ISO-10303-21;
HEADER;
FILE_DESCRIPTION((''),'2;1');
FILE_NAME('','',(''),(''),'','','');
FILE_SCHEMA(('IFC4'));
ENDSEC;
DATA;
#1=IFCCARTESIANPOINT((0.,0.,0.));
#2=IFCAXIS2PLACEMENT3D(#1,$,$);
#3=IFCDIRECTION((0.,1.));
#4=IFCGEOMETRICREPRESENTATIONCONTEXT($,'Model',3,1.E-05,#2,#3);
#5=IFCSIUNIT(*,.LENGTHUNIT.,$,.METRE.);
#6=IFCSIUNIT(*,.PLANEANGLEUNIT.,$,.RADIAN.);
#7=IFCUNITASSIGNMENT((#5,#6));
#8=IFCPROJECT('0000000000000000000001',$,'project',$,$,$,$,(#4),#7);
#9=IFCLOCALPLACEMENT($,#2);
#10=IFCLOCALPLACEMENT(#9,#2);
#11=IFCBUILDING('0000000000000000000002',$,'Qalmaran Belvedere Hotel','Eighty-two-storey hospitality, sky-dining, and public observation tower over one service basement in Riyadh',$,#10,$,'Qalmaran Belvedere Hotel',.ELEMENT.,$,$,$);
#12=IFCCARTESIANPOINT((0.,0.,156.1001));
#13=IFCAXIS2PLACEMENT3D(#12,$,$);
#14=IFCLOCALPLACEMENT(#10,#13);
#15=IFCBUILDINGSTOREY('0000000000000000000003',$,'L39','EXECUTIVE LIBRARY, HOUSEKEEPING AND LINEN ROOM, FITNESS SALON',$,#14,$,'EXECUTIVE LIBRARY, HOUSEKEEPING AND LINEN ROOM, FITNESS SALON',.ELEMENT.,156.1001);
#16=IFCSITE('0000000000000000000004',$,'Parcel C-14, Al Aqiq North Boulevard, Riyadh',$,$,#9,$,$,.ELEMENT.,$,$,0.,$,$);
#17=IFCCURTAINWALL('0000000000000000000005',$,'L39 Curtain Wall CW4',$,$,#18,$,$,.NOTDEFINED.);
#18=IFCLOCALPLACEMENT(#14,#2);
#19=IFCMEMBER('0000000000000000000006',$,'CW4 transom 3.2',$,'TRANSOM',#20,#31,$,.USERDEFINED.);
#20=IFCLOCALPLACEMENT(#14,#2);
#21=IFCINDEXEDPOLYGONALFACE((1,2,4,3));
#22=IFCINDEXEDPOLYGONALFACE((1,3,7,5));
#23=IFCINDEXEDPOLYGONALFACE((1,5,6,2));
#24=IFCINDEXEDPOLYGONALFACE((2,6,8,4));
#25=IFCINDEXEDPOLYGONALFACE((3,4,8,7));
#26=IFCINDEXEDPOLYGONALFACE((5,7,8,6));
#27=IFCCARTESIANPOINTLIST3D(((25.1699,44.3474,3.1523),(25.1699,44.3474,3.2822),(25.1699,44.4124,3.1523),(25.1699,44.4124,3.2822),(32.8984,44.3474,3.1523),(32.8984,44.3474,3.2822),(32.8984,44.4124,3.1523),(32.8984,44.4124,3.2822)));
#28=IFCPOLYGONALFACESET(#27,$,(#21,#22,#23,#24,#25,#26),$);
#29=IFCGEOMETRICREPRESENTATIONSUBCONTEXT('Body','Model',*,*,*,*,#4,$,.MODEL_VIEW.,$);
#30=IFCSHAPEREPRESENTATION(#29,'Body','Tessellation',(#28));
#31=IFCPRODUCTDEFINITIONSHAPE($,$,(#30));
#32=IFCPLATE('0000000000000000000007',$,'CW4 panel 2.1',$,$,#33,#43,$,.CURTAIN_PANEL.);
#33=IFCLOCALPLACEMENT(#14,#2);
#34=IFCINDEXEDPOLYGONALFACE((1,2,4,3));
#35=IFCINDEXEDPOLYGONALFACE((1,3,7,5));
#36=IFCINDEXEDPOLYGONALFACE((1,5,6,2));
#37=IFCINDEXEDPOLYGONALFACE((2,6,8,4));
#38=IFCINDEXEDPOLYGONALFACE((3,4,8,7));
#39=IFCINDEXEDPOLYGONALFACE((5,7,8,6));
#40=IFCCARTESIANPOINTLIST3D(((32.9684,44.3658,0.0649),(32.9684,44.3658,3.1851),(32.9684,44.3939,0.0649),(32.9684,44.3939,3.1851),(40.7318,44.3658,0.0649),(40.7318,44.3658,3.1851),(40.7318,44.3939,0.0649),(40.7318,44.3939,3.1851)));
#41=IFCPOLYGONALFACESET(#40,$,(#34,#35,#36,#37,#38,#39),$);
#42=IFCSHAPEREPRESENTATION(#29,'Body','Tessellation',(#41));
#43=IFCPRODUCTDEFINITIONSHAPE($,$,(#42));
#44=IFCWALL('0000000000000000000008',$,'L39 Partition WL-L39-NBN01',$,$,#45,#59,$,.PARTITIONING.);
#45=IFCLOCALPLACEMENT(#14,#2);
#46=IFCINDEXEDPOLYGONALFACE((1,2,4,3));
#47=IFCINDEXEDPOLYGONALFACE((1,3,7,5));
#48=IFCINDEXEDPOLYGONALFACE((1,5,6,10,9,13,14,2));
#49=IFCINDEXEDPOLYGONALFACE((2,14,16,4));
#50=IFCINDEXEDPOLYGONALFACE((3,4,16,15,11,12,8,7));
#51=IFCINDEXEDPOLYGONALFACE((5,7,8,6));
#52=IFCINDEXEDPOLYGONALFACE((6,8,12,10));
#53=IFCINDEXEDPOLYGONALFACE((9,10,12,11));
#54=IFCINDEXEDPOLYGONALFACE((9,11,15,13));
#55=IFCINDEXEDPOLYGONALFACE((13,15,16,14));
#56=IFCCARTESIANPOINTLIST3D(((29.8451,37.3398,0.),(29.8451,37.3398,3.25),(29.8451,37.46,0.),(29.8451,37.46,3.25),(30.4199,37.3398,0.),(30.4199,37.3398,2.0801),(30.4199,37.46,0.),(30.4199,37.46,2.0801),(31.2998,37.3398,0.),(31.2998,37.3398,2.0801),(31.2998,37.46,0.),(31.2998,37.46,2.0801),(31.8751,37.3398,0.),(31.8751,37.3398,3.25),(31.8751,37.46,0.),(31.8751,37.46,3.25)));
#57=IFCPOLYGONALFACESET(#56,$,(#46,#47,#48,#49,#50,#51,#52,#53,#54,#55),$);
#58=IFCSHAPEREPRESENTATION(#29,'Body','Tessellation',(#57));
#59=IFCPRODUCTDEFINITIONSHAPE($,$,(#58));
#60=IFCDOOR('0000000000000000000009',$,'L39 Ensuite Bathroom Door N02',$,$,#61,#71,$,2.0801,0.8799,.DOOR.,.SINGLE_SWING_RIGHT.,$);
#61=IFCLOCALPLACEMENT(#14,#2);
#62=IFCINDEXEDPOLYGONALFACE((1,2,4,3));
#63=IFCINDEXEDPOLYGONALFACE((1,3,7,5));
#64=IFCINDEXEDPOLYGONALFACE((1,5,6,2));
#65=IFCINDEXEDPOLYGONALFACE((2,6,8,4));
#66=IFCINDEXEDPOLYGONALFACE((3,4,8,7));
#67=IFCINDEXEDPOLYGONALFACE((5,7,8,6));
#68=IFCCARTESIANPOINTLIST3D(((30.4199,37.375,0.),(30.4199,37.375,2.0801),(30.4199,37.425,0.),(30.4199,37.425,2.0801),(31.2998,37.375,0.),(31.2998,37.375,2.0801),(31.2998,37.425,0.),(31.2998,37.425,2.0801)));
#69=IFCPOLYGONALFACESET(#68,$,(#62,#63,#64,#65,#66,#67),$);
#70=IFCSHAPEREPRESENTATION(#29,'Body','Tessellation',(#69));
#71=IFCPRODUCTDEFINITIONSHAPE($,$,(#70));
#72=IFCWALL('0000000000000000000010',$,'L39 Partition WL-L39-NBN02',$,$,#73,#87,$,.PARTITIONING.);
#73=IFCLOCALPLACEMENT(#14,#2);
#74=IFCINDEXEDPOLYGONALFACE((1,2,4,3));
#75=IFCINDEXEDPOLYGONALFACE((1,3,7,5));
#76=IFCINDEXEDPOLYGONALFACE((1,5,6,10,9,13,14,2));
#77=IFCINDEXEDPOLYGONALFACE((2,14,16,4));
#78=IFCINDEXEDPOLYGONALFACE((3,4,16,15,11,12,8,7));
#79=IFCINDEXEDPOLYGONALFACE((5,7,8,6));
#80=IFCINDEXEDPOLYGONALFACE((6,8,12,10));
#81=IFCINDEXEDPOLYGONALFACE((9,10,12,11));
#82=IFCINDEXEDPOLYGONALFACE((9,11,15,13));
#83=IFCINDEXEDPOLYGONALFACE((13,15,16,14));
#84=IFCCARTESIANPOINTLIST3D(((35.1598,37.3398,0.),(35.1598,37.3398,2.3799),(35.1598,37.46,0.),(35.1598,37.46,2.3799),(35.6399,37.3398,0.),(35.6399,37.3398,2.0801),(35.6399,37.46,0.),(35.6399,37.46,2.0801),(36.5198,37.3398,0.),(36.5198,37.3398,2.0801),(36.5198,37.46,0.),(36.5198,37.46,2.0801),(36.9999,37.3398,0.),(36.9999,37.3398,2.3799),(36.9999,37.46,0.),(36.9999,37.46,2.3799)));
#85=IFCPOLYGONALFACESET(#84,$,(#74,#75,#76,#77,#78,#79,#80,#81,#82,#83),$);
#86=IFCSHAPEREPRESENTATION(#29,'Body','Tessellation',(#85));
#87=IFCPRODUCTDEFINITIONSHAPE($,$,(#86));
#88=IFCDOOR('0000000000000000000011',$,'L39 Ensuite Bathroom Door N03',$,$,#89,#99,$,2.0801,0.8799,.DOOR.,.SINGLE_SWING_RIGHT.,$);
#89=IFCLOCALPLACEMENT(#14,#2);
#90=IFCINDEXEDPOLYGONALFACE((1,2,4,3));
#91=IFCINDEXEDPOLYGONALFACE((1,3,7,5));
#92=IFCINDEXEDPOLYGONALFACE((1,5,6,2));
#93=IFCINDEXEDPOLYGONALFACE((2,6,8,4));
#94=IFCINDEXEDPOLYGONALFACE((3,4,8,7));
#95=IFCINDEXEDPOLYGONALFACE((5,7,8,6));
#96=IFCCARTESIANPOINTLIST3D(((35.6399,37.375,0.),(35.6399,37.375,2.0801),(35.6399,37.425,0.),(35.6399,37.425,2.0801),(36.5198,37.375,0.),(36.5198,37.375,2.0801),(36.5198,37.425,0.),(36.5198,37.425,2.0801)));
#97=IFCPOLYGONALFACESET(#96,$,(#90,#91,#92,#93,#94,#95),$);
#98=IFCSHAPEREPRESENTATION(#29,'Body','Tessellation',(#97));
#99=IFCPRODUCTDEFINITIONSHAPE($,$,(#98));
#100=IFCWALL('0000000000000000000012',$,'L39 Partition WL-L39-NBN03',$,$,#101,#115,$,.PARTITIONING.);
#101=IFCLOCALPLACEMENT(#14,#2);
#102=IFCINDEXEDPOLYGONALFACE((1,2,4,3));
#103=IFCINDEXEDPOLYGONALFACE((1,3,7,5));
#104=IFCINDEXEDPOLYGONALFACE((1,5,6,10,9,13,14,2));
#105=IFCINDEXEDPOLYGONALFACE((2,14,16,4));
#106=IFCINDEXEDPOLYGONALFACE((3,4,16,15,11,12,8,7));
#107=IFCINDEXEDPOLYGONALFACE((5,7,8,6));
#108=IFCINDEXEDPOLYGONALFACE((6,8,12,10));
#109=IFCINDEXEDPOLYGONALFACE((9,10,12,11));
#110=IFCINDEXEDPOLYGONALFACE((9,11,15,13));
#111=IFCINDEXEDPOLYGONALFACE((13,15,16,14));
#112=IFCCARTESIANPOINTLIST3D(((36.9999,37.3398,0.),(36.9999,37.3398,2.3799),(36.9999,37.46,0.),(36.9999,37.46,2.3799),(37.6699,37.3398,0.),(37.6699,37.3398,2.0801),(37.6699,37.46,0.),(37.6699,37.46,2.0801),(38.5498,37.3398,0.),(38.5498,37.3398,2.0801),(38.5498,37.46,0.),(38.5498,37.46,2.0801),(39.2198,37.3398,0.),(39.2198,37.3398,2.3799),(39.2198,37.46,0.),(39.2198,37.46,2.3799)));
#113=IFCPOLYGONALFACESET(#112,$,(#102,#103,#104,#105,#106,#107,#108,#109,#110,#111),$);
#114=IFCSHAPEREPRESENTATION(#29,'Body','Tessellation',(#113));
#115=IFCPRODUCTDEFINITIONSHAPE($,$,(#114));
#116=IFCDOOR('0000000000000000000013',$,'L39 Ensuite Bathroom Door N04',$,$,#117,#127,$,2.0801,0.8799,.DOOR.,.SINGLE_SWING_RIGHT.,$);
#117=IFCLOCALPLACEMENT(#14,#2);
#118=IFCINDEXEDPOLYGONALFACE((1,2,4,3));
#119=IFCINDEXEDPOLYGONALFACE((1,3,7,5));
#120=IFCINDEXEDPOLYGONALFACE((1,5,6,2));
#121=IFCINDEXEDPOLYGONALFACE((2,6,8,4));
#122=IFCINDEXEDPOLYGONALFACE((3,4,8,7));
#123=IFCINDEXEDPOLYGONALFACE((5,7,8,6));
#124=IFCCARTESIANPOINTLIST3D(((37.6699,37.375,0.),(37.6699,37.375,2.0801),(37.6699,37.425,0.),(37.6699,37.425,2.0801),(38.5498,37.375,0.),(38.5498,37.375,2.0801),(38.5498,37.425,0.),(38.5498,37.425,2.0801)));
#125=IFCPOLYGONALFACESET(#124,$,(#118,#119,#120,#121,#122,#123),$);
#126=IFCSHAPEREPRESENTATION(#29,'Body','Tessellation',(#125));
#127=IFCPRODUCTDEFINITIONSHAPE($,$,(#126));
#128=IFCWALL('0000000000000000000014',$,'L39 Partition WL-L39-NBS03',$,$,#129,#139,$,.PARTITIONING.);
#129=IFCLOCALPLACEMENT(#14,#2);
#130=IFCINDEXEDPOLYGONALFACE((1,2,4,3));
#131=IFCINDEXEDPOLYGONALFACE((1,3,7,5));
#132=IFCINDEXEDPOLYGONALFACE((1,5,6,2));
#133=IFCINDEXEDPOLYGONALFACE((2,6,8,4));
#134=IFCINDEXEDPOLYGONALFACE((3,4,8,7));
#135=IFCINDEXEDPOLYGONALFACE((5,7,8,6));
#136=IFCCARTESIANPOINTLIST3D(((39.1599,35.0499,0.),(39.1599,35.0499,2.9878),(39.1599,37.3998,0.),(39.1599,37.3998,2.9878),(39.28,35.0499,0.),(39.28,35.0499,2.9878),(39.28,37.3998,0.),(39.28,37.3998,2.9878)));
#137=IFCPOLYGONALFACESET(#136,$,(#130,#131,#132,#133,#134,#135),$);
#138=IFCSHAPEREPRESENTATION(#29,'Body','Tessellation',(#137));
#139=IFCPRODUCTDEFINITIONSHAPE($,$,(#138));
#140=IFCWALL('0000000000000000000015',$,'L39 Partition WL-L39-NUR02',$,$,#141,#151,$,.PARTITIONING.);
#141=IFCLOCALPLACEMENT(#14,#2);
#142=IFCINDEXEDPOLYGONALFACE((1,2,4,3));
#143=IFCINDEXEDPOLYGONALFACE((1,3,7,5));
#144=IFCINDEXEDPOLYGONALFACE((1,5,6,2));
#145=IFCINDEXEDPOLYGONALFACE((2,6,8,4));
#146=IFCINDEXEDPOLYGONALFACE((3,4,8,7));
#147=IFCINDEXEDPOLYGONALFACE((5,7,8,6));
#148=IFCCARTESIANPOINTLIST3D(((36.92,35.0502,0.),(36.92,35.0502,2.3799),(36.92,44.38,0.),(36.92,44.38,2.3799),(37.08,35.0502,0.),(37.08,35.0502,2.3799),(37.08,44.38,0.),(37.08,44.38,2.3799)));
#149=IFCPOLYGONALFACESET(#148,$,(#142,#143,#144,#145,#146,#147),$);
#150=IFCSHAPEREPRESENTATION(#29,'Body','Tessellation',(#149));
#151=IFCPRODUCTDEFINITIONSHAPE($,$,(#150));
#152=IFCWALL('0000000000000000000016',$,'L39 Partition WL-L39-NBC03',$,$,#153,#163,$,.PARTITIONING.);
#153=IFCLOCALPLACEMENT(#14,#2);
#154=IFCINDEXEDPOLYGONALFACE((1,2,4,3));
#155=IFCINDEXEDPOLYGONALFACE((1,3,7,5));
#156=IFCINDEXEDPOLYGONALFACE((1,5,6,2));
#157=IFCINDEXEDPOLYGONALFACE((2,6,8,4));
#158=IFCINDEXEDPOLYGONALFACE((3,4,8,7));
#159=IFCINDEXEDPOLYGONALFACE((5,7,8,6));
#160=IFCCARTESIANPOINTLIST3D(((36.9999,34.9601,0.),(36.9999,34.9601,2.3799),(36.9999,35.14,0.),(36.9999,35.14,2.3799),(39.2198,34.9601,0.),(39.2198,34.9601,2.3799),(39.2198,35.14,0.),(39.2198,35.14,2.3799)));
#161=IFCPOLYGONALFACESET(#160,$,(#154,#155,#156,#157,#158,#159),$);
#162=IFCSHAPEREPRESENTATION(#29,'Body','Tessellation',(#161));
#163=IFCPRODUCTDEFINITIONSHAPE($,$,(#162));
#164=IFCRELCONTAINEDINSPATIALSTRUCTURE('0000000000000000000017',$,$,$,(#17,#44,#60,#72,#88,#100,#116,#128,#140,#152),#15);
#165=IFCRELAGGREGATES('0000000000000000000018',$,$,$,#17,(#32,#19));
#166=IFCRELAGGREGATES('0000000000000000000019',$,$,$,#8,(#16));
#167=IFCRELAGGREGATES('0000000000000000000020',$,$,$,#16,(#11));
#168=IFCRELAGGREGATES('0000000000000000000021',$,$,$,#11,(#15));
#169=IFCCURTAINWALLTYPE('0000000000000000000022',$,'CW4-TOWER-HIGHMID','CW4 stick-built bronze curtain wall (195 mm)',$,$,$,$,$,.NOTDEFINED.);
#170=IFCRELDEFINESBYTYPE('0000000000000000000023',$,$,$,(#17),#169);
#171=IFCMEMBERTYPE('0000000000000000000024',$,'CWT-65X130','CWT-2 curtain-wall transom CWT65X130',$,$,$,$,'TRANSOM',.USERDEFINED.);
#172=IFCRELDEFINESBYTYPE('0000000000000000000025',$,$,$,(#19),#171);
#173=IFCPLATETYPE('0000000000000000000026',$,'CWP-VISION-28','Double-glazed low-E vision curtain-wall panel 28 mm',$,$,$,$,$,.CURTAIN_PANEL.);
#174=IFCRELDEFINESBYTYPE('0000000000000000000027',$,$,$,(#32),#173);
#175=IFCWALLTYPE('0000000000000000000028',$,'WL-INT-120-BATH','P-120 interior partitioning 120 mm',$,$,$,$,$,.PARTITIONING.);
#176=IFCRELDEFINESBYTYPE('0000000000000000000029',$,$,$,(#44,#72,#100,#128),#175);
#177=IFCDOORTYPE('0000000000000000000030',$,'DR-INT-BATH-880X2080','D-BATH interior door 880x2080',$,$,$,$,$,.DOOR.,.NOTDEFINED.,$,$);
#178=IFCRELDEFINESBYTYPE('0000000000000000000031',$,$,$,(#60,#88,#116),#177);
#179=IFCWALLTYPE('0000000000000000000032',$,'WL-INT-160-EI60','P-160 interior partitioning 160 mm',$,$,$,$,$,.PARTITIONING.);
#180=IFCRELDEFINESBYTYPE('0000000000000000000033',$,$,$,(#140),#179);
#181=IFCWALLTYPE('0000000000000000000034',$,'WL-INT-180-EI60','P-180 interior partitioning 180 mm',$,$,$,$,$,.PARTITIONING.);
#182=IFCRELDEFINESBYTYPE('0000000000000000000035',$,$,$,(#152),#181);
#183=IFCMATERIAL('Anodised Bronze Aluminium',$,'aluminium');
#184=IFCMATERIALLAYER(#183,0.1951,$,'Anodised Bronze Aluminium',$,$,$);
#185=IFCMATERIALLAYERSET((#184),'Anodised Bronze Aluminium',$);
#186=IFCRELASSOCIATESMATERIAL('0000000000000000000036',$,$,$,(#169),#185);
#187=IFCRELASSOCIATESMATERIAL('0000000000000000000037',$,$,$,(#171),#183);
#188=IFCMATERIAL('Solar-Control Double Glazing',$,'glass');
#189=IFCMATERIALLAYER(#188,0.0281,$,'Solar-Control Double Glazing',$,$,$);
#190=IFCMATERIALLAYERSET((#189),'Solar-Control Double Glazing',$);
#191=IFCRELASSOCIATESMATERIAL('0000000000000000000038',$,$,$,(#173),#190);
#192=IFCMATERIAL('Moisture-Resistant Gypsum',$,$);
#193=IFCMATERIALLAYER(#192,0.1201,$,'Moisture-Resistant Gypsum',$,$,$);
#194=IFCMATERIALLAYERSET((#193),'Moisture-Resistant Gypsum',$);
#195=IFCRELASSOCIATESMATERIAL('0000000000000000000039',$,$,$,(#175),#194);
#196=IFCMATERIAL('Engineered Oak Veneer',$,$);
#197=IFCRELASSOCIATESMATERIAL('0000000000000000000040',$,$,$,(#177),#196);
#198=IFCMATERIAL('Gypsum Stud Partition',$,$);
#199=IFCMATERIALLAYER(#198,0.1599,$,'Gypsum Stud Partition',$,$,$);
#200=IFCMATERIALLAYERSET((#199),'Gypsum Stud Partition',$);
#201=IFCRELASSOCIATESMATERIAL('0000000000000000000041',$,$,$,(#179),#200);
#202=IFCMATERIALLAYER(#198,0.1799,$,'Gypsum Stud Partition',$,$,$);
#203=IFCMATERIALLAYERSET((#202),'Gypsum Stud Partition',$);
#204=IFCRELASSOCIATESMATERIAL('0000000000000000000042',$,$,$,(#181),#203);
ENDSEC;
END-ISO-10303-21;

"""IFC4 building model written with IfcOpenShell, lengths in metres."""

from ifc_helpers import new_model, si_unit, direction, frame, frame_2d, origin, origin_2d, place, context, subcontext, project, spatial, rectangle, extrude, material, layer, layer_set, material_profile, profile_set, type_object, element, fill, aggregate, save


model = new_model("IFC4")

# Units and contexts
model_context = context("Model", 3, precision=1e-05, world=origin(), true_north=direction((0.0, 1.0)))
body_context = subcontext(model_context, "Body", "Model", "MODEL_VIEW")
ifc_project = project(units=[si_unit("LENGTHUNIT", "METRE"), si_unit("PLANEANGLEUNIT", "RADIAN")], contexts=[model_context])

# Site, building, storey
site_placement = place(None, origin())
site = spatial("IfcSite", under=ifc_project, at=site_placement, Name="Parcel C-14, Al Aqiq North Boulevard, Riyadh", CompositionType="ELEMENT", RefElevation=0.0)
building_placement = place(site_placement, origin())
building = spatial("IfcBuilding", under=site, at=building_placement, Name="Qalmaran Belvedere Hotel", Description="Eighty-two-storey hospitality, sky-dining, and public observation tower over one service basement in Riyadh", LongName="Qalmaran Belvedere Hotel", CompositionType="ELEMENT")
storey_placement = place(building_placement, frame((0.0, 0.0, 156.1001)))
storey = spatial("IfcBuildingStorey", under=building, at=storey_placement, Name="L39", Description="EXECUTIVE LIBRARY, HOUSEKEEPING AND LINEN ROOM, FITNESS SALON", LongName="EXECUTIVE LIBRARY, HOUSEKEEPING AND LINEN ROOM, FITNESS SALON", CompositionType="ELEMENT", Elevation=156.1001)

# Curtain wall, member, plate
ifc_material_1 = material(Name="Anodised Bronze Aluminium", Category="aluminium")
ifc_layer_1 = layer(ifc_material_1, 0.1951, Name="Anodised Bronze Aluminium")
ifc_layer_set_1 = layer_set([ifc_layer_1], Name="Anodised Bronze Aluminium")
curtain_wall_type = type_object("IfcCurtainWallType", Name="CW4-TOWER-HIGHMID", Description="CW4 stick-built bronze curtain wall (195 mm)", PredefinedType="NOTDEFINED", material=ifc_layer_set_1)
curtain_wall_placement = place(storey_placement, origin())
curtain_wall = element("IfcCurtainWall", 1, at=curtain_wall_placement, inside=storey, type_object=curtain_wall_type, Name="L39 Curtain Wall CW4", PredefinedType="NOTDEFINED")
ifc_material_profile_1 = material_profile(ifc_material_1, rectangle(XDim=0.0649, YDim=0.1299, at=origin_2d()), Name="CWT65X130")
ifc_profile_set_1 = profile_set([ifc_material_profile_1], Name="Anodised Bronze Aluminium")
member_type_1 = type_object("IfcMemberType", Name="CWT-65X130", Description="CWT-2 curtain-wall transom CWT65X130", ElementType="TRANSOM", PredefinedType="USERDEFINED", material=ifc_profile_set_1)
member_1_placement = place(storey_placement, frame((32.8984, 44.3799, 3.2173), z_axis=(-1.0, 0.0, 0.0), x_axis=(0.0, -1.0, 0.0)))
member_1 = element("IfcMember", 2, at=member_1_placement, type_object=member_type_1, Name="CW4 transom 3.2", ObjectType="TRANSOM", PredefinedType="USERDEFINED", context=body_context, shape_type="SweptSolid", body=[
    extrude(rectangle(XDim=0.0649, YDim=0.1299, at=origin_2d()), origin(), (0.0, 0.0, 1.0), 7.7285),
])
ifc_material_2 = material(Name="Solar-Control Double Glazing", Category="glass")
ifc_layer_2 = layer(ifc_material_2, 0.0281, Name="Solar-Control Double Glazing")
ifc_layer_set_2 = layer_set([ifc_layer_2], Name="Solar-Control Double Glazing")
plate_type = type_object("IfcPlateType", Name="CWP-VISION-28", Description="Double-glazed low-E vision curtain-wall panel 28 mm", PredefinedType="CURTAIN_PANEL", material=ifc_layer_set_2)
plate_placement = place(storey_placement, frame((36.8501, 44.3799, 0.0649), z_axis=(0.0, 0.0, 1.0), x_axis=(-1.0, 0.0, 0.0)))
plate = element("IfcPlate", 3, at=plate_placement, type_object=plate_type, Name="CW4 panel 2.1", PredefinedType="CURTAIN_PANEL", context=body_context, shape_type="SweptSolid", body=[
    extrude(rectangle(XDim=7.7634, YDim=0.0281, at=origin_2d()), origin(), (0.0, 0.0, 1.0), 3.1201),
])
aggregate(curtain_wall, [plate, member_1])

# Walls, openings, doors
ifc_material_3 = material(Name="Moisture-Resistant Gypsum")
ifc_layer_3 = layer(ifc_material_3, 0.1201, Name="Moisture-Resistant Gypsum")
ifc_layer_set_3 = layer_set([ifc_layer_3], Name="Moisture-Resistant Gypsum")
wall_type_1 = type_object("IfcWallType", Name="WL-INT-120-BATH", Description="P-120 interior partitioning 120 mm", PredefinedType="PARTITIONING", material=ifc_layer_set_3)
wall_1_placement = place(storey_placement, frame((29.845, 37.3999, 0.0), z_axis=(0.0, 0.0, 1.0), x_axis=(1.0, 0.0, 0.0)))
wall_1 = element("IfcWall", 4, at=wall_1_placement, inside=storey, type_object=wall_type_1, Name="L39 Partition WL-L39-NBN01", PredefinedType="PARTITIONING", context=body_context, shape_type="SweptSolid", body=[
    extrude(rectangle(XDim=2.03, YDim=0.1201, at=frame_2d((1.0151, 0.0))), origin(), (0.0, 0.0, 1.0), 3.25),
])
opening_1_placement = place(wall_1_placement, frame((1.4548, 0.0, 0.0), z_axis=(0.0, 0.0, 1.0), x_axis=(-1.0, 0.0, 0.0)))
opening_1 = element("IfcOpeningElement", 5, at=opening_1_placement, cuts=wall_1, PredefinedType="OPENING", context=body_context, shape_type="SweptSolid", body=[
    extrude(rectangle(XDim=0.8799, YDim=2.0801, at=frame_2d((0.4399, 1.04))), frame((0.0, 0.0701, 0.0), z_axis=(0.0, -1.0, 0.0), x_axis=(1.0, 0.0, 0.0)), (0.0, 0.0, 1.0), 0.1401),
])
ifc_material_4 = material(Name="Engineered Oak Veneer")
door_type_1 = type_object("IfcDoorType", Name="DR-INT-BATH-880X2080", Description="D-BATH interior door 880x2080", OperationType="NOTDEFINED", PredefinedType="DOOR", material=ifc_material_4)
door_1_placement = place(opening_1_placement, origin())
door_1 = element("IfcDoor", 6, at=door_1_placement, inside=storey, type_object=door_type_1, Name="L39 Ensuite Bathroom Door N02", OperationType="SINGLE_SWING_RIGHT", OverallHeight=2.0801, OverallWidth=0.8799, PredefinedType="DOOR", context=body_context, shape_type="SweptSolid", body=[
    extrude(rectangle(XDim=0.8799, YDim=2.0801, at=frame_2d((0.4399, 1.04))), frame((0.0, 0.0249, 0.0), z_axis=(0.0, -1.0, 0.0), x_axis=(1.0, 0.0, 0.0)), (0.0, 0.0, 1.0), 0.05),
])
fill(opening_1, door_1)
wall_2_placement = place(storey_placement, frame((35.1599, 37.3999, 0.0), z_axis=(0.0, 0.0, 1.0), x_axis=(1.0, 0.0, 0.0)))
wall_2 = element("IfcWall", 7, at=wall_2_placement, inside=storey, type_object=wall_type_1, Name="L39 Partition WL-L39-NBN02", PredefinedType="PARTITIONING", context=body_context, shape_type="SweptSolid", body=[
    extrude(rectangle(XDim=1.8401, YDim=0.1201, at=frame_2d((0.9199, 0.0))), origin(), (0.0, 0.0, 1.0), 2.3799),
])
opening_2_placement = place(wall_2_placement, frame((1.3599, 0.0, 0.0), z_axis=(0.0, 0.0, 1.0), x_axis=(-1.0, 0.0, 0.0)))
opening_2 = element("IfcOpeningElement", 8, at=opening_2_placement, cuts=wall_2, PredefinedType="OPENING", context=body_context, shape_type="SweptSolid", body=[
    extrude(rectangle(XDim=0.8799, YDim=2.0801, at=frame_2d((0.4399, 1.04))), frame((0.0, 0.0701, 0.0), z_axis=(0.0, -1.0, 0.0), x_axis=(1.0, 0.0, 0.0)), (0.0, 0.0, 1.0), 0.1401),
])
door_2_placement = place(opening_2_placement, origin())
door_2 = element("IfcDoor", 9, at=door_2_placement, inside=storey, type_object=door_type_1, Name="L39 Ensuite Bathroom Door N03", OperationType="SINGLE_SWING_RIGHT", OverallHeight=2.0801, OverallWidth=0.8799, PredefinedType="DOOR", context=body_context, shape_type="SweptSolid", body=[
    extrude(rectangle(XDim=0.8799, YDim=2.0801, at=frame_2d((0.4399, 1.04))), frame((0.0, 0.0249, 0.0), z_axis=(0.0, -1.0, 0.0), x_axis=(1.0, 0.0, 0.0)), (0.0, 0.0, 1.0), 0.05),
])
fill(opening_2, door_2)
wall_3_placement = place(storey_placement, frame((37.0, 37.3999, 0.0), z_axis=(0.0, 0.0, 1.0), x_axis=(1.0, 0.0, 0.0)))
wall_3 = element("IfcWall", 10, at=wall_3_placement, inside=storey, type_object=wall_type_1, Name="L39 Partition WL-L39-NBN03", PredefinedType="PARTITIONING", context=body_context, shape_type="SweptSolid", body=[
    extrude(rectangle(XDim=2.22, YDim=0.1201, at=frame_2d((1.1099, 0.0))), origin(), (0.0, 0.0, 1.0), 2.3799),
])
opening_3_placement = place(wall_3_placement, frame((1.5498, 0.0, 0.0), z_axis=(0.0, 0.0, 1.0), x_axis=(-1.0, 0.0, 0.0)))
opening_3 = element("IfcOpeningElement", 11, at=opening_3_placement, cuts=wall_3, PredefinedType="OPENING", context=body_context, shape_type="SweptSolid", body=[
    extrude(rectangle(XDim=0.8799, YDim=2.0801, at=frame_2d((0.4399, 1.04))), frame((0.0, 0.0701, 0.0), z_axis=(0.0, -1.0, 0.0), x_axis=(1.0, 0.0, 0.0)), (0.0, 0.0, 1.0), 0.1401),
])
door_3_placement = place(opening_3_placement, origin())
door_3 = element("IfcDoor", 12, at=door_3_placement, inside=storey, type_object=door_type_1, Name="L39 Ensuite Bathroom Door N04", OperationType="SINGLE_SWING_RIGHT", OverallHeight=2.0801, OverallWidth=0.8799, PredefinedType="DOOR", context=body_context, shape_type="SweptSolid", body=[
    extrude(rectangle(XDim=0.8799, YDim=2.0801, at=frame_2d((0.4399, 1.04))), frame((0.0, 0.0249, 0.0), z_axis=(0.0, -1.0, 0.0), x_axis=(1.0, 0.0, 0.0)), (0.0, 0.0, 1.0), 0.05),
])
fill(opening_3, door_3)

# Walls
wall_4_placement = place(storey_placement, frame((39.22, 35.05, 0.0), z_axis=(0.0, 0.0, 1.0), x_axis=(0.0, 1.0, 0.0)))
element("IfcWall", 13, at=wall_4_placement, inside=storey, type_object=wall_type_1, Name="L39 Partition WL-L39-NBS03", PredefinedType="PARTITIONING", context=body_context, shape_type="SweptSolid", body=[
    extrude(rectangle(XDim=2.3499, YDim=0.1201, at=frame_2d((1.1748, 0.0))), origin(), (0.0, 0.0, 1.0), 2.9878),
])
ifc_material_5 = material(Name="Gypsum Stud Partition")
ifc_layer_4 = layer(ifc_material_5, 0.1599, Name="Gypsum Stud Partition")
ifc_layer_set_4 = layer_set([ifc_layer_4], Name="Gypsum Stud Partition")
wall_type_2 = type_object("IfcWallType", Name="WL-INT-160-EI60", Description="P-160 interior partitioning 160 mm", PredefinedType="PARTITIONING", material=ifc_layer_set_4)
wall_5_placement = place(storey_placement, frame((37.0, 35.05, 0.0), z_axis=(0.0, 0.0, 1.0), x_axis=(0.0, 1.0, 0.0)))
element("IfcWall", 14, at=wall_5_placement, inside=storey, type_object=wall_type_2, Name="L39 Partition WL-L39-NUR02", PredefinedType="PARTITIONING", context=body_context, shape_type="SweptSolid", body=[
    extrude(rectangle(XDim=9.3298, YDim=0.1599, at=frame_2d((4.665, 0.0))), origin(), (0.0, 0.0, 1.0), 2.3799),
])
ifc_layer_5 = layer(ifc_material_5, 0.1799, Name="Gypsum Stud Partition")
ifc_layer_set_5 = layer_set([ifc_layer_5], Name="Gypsum Stud Partition")
wall_type_3 = type_object("IfcWallType", Name="WL-INT-180-EI60", Description="P-180 interior partitioning 180 mm", PredefinedType="PARTITIONING", material=ifc_layer_set_5)
wall_6_placement = place(storey_placement, frame((37.0, 35.05, 0.0), z_axis=(0.0, 0.0, 1.0), x_axis=(1.0, 0.0, 0.0)))
element("IfcWall", 15, at=wall_6_placement, inside=storey, type_object=wall_type_3, Name="L39 Partition WL-L39-NBC03", PredefinedType="PARTITIONING", context=body_context, shape_type="SweptSolid", body=[
    extrude(rectangle(XDim=2.22, YDim=0.1799, at=frame_2d((1.1099, 0.0))), origin(), (0.0, 0.0, 1.0), 2.3799),
])

save(model, "model.ifc")
